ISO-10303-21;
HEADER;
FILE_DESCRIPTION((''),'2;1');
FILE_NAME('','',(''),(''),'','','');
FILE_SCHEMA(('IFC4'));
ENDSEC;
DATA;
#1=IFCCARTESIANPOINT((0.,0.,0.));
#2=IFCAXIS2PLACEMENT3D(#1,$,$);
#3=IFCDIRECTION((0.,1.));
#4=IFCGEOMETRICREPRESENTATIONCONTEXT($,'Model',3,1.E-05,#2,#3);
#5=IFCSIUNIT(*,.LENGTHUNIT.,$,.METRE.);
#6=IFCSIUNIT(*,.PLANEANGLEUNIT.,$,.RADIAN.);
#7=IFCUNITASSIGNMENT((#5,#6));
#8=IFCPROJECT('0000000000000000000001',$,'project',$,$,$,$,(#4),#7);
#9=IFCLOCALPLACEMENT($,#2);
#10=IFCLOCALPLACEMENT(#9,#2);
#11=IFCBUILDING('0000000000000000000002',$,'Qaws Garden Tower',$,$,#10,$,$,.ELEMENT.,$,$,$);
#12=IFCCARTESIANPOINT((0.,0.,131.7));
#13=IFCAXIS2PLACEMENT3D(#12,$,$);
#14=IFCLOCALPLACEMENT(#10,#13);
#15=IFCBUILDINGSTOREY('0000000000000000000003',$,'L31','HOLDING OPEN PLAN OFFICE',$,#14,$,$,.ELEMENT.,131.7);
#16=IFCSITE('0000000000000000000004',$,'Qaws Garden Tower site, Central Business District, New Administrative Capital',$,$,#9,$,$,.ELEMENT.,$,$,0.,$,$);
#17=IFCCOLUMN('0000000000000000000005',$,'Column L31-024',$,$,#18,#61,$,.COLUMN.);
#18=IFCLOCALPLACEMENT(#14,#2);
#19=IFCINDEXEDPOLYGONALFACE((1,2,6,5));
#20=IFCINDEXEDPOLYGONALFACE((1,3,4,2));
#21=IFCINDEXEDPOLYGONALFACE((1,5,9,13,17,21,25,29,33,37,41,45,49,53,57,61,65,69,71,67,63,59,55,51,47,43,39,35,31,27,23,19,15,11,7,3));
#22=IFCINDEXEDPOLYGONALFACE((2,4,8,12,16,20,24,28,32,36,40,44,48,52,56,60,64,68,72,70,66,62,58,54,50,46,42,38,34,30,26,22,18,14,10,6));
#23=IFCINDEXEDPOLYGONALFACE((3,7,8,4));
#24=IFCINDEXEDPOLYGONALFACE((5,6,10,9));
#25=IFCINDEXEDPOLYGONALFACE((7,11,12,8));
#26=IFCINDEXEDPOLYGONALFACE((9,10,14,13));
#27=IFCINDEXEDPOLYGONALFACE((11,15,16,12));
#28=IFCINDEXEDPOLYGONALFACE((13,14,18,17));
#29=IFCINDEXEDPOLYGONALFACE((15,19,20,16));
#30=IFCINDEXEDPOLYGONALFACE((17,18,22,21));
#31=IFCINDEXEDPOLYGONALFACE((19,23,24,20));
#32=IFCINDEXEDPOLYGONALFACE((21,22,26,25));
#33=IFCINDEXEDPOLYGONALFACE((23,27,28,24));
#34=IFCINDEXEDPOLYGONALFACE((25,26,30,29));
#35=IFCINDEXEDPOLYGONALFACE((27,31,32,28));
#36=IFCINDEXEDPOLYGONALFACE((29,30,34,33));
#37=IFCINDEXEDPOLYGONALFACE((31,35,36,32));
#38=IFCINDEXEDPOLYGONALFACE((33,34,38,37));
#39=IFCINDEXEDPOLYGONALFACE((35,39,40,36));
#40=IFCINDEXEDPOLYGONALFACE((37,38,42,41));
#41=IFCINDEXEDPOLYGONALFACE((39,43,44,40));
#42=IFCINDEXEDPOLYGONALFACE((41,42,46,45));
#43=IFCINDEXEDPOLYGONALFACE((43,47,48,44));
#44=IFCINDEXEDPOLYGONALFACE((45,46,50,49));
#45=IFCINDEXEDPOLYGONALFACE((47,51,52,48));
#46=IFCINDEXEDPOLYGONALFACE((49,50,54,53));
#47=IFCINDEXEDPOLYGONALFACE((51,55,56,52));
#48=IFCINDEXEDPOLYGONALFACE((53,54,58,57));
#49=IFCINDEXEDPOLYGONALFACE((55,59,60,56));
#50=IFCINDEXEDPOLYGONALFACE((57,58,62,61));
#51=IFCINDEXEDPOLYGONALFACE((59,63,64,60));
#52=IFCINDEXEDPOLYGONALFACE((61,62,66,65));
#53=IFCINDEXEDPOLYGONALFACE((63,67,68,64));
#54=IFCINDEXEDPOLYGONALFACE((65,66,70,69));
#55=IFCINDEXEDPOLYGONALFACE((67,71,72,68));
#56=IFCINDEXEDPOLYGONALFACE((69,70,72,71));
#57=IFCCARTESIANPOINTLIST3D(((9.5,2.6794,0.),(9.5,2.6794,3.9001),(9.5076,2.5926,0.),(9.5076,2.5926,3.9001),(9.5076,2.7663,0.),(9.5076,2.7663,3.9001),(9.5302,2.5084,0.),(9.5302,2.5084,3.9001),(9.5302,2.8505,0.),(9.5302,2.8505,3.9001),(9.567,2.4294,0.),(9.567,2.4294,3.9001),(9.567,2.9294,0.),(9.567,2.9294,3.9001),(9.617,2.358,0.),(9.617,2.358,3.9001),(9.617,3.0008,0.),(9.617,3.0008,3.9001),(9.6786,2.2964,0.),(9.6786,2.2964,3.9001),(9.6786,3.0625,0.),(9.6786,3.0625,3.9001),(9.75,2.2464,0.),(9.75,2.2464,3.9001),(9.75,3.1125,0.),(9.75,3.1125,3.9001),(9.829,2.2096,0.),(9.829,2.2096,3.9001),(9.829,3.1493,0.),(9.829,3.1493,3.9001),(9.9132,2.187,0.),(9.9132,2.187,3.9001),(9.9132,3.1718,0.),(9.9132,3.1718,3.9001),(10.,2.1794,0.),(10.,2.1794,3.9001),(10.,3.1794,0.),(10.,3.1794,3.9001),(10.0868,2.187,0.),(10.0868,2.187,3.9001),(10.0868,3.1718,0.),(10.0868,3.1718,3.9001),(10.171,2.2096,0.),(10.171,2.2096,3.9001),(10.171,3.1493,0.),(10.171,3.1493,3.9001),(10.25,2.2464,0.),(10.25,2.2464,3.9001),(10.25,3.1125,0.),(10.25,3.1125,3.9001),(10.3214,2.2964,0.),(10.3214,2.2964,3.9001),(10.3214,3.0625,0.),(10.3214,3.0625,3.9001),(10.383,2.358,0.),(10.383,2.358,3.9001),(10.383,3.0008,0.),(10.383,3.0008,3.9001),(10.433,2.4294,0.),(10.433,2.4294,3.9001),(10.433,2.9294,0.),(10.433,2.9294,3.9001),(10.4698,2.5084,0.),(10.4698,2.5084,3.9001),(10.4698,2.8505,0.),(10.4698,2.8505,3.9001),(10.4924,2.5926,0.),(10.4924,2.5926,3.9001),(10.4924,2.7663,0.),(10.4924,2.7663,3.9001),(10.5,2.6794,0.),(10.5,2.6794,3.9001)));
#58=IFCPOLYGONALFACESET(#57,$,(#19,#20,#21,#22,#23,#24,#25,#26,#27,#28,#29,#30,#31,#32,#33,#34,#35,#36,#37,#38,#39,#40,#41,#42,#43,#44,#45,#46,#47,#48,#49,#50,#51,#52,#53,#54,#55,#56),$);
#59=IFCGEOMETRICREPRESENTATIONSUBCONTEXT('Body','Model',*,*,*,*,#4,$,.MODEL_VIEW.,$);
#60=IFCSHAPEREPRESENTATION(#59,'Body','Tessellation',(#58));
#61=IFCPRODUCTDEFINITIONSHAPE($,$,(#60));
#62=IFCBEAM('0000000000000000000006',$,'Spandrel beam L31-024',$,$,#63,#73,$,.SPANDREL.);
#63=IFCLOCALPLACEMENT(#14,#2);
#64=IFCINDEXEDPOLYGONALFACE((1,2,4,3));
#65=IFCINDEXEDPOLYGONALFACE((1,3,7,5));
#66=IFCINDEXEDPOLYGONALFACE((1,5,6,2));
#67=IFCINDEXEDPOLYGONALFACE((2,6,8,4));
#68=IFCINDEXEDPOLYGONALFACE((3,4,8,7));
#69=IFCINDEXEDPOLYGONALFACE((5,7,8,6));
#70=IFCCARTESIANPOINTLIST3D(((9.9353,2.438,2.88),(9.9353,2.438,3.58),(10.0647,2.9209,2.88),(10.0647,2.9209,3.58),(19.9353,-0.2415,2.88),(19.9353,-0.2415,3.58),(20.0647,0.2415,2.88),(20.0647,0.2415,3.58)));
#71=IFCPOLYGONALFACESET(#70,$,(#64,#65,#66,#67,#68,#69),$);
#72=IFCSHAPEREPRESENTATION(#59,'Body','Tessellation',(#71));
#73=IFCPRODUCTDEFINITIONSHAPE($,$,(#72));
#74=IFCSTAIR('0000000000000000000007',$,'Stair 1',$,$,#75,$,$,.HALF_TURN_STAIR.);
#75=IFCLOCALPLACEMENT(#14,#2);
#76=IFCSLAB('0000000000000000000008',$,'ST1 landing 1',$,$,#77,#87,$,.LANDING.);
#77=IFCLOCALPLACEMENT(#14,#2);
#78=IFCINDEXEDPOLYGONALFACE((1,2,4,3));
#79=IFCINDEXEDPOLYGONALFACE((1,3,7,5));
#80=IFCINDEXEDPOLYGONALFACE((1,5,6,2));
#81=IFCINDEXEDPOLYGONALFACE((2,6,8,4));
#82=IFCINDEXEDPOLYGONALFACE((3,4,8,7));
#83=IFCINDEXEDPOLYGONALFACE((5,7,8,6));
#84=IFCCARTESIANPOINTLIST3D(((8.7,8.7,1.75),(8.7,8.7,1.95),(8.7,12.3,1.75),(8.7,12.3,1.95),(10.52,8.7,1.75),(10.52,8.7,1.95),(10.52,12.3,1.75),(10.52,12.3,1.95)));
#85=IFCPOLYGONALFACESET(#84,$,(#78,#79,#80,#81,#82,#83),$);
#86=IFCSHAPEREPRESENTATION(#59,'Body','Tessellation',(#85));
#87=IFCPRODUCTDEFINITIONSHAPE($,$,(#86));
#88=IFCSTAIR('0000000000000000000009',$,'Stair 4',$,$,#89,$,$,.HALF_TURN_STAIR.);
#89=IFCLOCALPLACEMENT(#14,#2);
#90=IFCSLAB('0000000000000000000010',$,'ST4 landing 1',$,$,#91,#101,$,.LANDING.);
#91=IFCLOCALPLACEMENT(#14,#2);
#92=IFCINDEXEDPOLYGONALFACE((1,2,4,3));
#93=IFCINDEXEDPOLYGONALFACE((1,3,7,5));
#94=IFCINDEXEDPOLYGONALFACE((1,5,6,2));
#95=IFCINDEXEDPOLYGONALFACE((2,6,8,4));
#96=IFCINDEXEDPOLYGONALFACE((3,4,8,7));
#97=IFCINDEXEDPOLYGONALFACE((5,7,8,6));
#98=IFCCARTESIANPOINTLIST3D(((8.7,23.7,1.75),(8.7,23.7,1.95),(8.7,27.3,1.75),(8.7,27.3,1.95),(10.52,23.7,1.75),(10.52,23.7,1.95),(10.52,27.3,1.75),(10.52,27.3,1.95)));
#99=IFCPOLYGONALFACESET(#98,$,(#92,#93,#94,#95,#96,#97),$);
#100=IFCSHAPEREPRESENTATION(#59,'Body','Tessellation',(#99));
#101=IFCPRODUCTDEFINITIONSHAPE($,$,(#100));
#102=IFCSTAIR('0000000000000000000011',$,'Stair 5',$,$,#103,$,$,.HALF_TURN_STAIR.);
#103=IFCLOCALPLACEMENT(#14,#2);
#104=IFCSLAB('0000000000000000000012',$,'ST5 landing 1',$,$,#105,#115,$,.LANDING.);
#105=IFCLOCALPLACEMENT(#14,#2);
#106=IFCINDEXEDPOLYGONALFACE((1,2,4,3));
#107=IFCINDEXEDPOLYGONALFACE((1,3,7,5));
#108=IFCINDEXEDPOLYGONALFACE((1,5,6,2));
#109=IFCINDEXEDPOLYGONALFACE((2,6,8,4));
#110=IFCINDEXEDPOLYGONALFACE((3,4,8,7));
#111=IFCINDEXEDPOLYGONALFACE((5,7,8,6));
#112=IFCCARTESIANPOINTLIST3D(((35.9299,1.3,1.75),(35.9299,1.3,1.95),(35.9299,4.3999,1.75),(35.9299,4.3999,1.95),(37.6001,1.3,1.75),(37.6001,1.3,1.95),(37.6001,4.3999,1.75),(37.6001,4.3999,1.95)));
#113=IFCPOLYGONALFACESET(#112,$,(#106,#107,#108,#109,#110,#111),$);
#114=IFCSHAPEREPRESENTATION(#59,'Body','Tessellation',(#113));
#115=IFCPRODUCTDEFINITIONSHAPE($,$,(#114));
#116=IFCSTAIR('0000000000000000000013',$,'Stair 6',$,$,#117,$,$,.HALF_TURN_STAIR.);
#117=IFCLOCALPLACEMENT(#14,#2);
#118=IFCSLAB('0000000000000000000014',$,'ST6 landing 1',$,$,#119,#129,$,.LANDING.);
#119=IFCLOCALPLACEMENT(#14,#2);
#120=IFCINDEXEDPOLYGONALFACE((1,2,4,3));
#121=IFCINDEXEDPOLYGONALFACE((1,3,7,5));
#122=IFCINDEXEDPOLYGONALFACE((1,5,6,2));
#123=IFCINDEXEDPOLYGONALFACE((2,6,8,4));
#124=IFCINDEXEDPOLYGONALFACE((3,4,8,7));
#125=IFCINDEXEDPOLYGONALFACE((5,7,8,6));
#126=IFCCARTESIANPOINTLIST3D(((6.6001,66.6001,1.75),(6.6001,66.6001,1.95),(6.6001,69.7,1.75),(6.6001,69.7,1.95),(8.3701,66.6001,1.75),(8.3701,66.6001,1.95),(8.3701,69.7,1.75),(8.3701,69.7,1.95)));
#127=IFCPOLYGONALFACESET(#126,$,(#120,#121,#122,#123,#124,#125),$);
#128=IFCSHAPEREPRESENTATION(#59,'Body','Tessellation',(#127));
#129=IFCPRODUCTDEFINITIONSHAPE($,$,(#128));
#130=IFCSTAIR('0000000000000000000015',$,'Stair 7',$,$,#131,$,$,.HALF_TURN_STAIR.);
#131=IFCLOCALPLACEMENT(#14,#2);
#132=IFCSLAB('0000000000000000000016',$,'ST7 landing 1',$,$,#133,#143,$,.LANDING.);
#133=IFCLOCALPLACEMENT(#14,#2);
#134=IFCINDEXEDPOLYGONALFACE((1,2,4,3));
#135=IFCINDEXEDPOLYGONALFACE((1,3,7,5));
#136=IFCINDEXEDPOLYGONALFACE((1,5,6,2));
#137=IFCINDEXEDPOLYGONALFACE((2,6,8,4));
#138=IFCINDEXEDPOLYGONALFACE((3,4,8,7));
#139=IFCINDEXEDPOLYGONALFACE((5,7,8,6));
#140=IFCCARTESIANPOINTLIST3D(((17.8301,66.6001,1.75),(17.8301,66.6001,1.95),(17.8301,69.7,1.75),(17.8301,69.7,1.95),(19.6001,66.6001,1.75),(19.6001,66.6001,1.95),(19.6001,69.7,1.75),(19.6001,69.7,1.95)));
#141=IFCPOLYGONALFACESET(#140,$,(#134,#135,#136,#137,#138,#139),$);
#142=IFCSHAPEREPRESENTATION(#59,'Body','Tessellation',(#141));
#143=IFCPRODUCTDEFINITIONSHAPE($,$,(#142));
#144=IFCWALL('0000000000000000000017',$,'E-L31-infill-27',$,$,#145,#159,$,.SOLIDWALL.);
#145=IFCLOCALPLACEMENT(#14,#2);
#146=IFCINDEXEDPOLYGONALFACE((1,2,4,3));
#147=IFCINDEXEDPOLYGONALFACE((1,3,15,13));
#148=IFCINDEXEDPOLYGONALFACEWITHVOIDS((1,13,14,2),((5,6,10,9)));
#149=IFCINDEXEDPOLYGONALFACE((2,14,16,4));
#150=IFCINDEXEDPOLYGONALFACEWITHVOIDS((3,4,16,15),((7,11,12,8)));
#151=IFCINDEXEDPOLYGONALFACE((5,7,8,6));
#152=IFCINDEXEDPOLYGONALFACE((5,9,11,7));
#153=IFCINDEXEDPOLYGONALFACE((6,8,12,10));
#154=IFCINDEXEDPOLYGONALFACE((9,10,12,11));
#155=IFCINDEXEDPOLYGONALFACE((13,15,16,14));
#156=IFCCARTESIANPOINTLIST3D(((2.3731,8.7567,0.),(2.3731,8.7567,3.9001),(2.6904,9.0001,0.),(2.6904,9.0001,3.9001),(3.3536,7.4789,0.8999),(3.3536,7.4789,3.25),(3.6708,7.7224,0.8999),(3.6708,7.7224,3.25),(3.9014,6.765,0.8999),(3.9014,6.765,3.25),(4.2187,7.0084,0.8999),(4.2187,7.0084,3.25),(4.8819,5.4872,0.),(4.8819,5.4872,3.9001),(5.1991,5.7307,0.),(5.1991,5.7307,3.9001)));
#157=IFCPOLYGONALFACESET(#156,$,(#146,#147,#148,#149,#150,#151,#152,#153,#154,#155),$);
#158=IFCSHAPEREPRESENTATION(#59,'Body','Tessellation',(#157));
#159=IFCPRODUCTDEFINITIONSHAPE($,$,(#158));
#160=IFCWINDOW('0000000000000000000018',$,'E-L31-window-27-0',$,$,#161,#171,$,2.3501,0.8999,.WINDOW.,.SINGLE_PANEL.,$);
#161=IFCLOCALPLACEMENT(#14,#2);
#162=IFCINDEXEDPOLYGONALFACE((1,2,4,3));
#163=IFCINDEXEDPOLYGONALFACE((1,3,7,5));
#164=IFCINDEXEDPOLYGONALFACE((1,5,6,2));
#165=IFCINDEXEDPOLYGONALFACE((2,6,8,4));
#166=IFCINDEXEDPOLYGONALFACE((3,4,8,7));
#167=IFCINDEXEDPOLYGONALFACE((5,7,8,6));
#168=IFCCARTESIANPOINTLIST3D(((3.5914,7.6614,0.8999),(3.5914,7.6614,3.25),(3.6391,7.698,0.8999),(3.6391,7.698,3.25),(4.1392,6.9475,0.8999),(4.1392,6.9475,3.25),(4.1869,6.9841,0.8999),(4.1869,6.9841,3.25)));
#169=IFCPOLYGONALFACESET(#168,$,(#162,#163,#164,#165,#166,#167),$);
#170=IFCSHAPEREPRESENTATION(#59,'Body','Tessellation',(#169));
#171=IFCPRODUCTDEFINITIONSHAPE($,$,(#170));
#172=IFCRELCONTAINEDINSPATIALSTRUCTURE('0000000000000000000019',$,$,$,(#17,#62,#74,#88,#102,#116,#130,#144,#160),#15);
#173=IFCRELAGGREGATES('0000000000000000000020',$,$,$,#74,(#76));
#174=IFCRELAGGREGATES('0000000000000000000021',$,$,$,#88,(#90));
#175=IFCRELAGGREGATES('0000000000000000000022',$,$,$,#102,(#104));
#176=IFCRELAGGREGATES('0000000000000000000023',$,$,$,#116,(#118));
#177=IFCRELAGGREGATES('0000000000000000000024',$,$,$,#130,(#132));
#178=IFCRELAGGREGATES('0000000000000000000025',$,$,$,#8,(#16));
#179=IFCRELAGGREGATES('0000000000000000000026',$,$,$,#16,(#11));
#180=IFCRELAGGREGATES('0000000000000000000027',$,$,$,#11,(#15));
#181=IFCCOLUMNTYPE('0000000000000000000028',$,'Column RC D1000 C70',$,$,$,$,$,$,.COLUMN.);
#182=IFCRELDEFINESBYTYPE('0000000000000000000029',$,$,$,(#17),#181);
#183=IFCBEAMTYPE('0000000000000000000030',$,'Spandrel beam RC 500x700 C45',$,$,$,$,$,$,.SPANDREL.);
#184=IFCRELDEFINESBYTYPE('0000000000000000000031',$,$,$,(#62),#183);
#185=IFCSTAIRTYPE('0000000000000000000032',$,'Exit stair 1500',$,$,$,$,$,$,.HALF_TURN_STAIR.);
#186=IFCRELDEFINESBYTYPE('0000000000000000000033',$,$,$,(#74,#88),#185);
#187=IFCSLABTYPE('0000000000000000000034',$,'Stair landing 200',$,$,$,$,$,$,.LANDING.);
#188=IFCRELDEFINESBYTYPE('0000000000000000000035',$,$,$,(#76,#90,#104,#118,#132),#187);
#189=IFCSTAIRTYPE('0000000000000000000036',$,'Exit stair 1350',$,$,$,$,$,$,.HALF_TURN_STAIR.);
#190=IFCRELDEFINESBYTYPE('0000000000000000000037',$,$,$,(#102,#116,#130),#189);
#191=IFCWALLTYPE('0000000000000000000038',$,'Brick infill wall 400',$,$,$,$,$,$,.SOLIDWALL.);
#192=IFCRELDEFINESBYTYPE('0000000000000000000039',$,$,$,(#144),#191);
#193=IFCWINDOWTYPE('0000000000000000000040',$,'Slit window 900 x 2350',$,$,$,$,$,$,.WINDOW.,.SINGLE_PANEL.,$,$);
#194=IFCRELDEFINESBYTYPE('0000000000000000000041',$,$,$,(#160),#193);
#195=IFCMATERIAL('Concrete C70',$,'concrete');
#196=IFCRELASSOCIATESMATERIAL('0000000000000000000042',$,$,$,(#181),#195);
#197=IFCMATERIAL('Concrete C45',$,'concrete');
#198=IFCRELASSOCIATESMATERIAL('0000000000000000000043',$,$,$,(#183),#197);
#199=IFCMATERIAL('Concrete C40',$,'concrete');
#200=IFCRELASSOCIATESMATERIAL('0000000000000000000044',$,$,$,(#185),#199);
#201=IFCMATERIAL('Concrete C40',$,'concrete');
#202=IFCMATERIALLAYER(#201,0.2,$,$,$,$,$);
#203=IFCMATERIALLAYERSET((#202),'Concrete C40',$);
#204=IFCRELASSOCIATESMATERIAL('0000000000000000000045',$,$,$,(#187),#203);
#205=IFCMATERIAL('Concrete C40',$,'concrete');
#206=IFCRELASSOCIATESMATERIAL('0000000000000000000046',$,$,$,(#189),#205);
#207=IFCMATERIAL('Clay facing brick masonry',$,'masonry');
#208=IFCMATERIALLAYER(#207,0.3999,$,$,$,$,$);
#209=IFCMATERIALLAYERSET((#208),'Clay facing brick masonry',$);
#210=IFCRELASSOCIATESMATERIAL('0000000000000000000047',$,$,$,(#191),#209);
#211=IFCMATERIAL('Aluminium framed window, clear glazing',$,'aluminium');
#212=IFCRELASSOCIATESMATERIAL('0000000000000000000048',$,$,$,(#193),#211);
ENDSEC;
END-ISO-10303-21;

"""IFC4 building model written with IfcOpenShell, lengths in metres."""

from ifc_helpers import new_model, si_unit, direction, frame, frame_2d, origin, origin_2d, place, context, subcontext, project, spatial, polyline, rectangle, circle, outline, extrude, material, layer, layer_set, material_profile, profile_set, type_object, element, fill, aggregate, save


model = new_model("IFC4")

# Units and contexts
model_context = context("Model", 3, precision=1e-05, world=origin(), true_north=direction((0.0, 1.0)))
body_context = subcontext(model_context, "Body", "Model", "MODEL_VIEW")
ifc_project = project(units=[si_unit("LENGTHUNIT", "METRE"), si_unit("PLANEANGLEUNIT", "RADIAN")], contexts=[model_context])

# Site, building, storey
site_placement = place(None, origin())
site = spatial("IfcSite", under=ifc_project, at=site_placement, Name="Qaws Garden Tower site, Central Business District, New Administrative Capital", CompositionType="ELEMENT", RefElevation=0.0)
building_placement = place(site_placement, origin())
building = spatial("IfcBuilding", under=site, at=building_placement, Name="Qaws Garden Tower", CompositionType="ELEMENT")
storey_placement = place(building_placement, frame((0.0, 0.0, 131.7)))
storey = spatial("IfcBuildingStorey", under=building, at=storey_placement, Name="L31", Description="HOLDING OPEN PLAN OFFICE", CompositionType="ELEMENT", Elevation=131.7)

# Column
ifc_material_1 = material(Name="Concrete C70", Category="concrete")
ifc_material_profile_1 = material_profile(ifc_material_1, circle(Radius=0.5, at=origin_2d()), Name="RC D1000")
ifc_profile_set_1 = profile_set([ifc_material_profile_1], Name="Concrete C70")
column_type = type_object("IfcColumnType", Name="Column RC D1000 C70", PredefinedType="COLUMN", material=ifc_profile_set_1)
column_placement = place(storey_placement, frame((10.0, 2.6794, 0.0), z_axis=(0.0, 0.0, 1.0), x_axis=(1.0, 0.0, 0.0)))
element("IfcColumn", 1, at=column_placement, inside=storey, type_object=column_type, Name="Column L31-024", PredefinedType="COLUMN", context=body_context, shape_type="SweptSolid", body=[
    extrude(circle(Radius=0.5, at=origin_2d()), origin(), (0.0, 0.0, 1.0), 3.9001),
])

# Beam
ifc_material_2 = material(Name="Concrete C45", Category="concrete")
ifc_material_profile_2 = material_profile(ifc_material_2, rectangle(XDim=0.5, YDim=0.7, at=origin_2d()), Name="RC 500x700")
ifc_profile_set_2 = profile_set([ifc_material_profile_2], Name="Concrete C45")
beam_type = type_object("IfcBeamType", Name="Spandrel beam RC 500x700 C45", PredefinedType="SPANDREL", material=ifc_profile_set_2)
beam_placement = place(storey_placement, frame((10.0, 2.6794, 3.23), z_axis=(0.965927, -0.258815, 0.0), x_axis=(0.258815, 0.965927, 0.0)))
element("IfcBeam", 2, at=beam_placement, inside=storey, type_object=beam_type, Name="Spandrel beam L31-024", PredefinedType="SPANDREL", context=body_context, shape_type="SweptSolid", body=[
    extrude(rectangle(XDim=0.5, YDim=0.7, at=origin_2d()), origin(), (0.0, 0.0, 1.0), 10.3528),
])

# Stairs, slabs
ifc_material_3 = material(Name="Concrete C40", Category="concrete")
stair_type_1 = type_object("IfcStairType", Name="Exit stair 1500", PredefinedType="HALF_TURN_STAIR", material=ifc_material_3)
placement_1 = place(storey_placement, origin())
stair_1 = element("IfcStair", 3, at=placement_1, inside=storey, type_object=stair_type_1, Name="Stair 1", PredefinedType="HALF_TURN_STAIR")
ifc_material_4 = material(Name="Concrete C40", Category="concrete")
ifc_layer_1 = layer(ifc_material_4, 0.2)
ifc_layer_set_1 = layer_set([ifc_layer_1], Name="Concrete C40")
slab_type = type_object("IfcSlabType", Name="Stair landing 200", PredefinedType="LANDING", material=ifc_layer_set_1)
placement_2 = place(storey_placement, frame((0.0, 0.0, 1.75)))
slab_1 = element("IfcSlab", 4, at=placement_2, type_object=slab_type, Name="ST1 landing 1", PredefinedType="LANDING", context=body_context, shape_type="SweptSolid", body=[
    extrude(outline(polyline([(8.7, 8.7), (10.52, 8.7), (10.52, 12.3), (8.7, 12.3), (8.7, 8.7)])), origin(), (0.0, 0.0, 1.0), 0.2),
])
aggregate(stair_1, [slab_1])
stair_2 = element("IfcStair", 5, at=placement_1, inside=storey, type_object=stair_type_1, Name="Stair 4", PredefinedType="HALF_TURN_STAIR")
slab_2 = element("IfcSlab", 6, at=placement_2, type_object=slab_type, Name="ST4 landing 1", PredefinedType="LANDING", context=body_context, shape_type="SweptSolid", body=[
    extrude(outline(polyline([(8.7, 23.7), (10.52, 23.7), (10.52, 27.3), (8.7, 27.3), (8.7, 23.7)])), origin(), (0.0, 0.0, 1.0), 0.2),
])
aggregate(stair_2, [slab_2])
ifc_material_5 = material(Name="Concrete C40", Category="concrete")
stair_type_2 = type_object("IfcStairType", Name="Exit stair 1350", PredefinedType="HALF_TURN_STAIR", material=ifc_material_5)
stair_3 = element("IfcStair", 7, at=placement_1, inside=storey, type_object=stair_type_2, Name="Stair 5", PredefinedType="HALF_TURN_STAIR")
slab_3 = element("IfcSlab", 8, at=placement_2, type_object=slab_type, Name="ST5 landing 1", PredefinedType="LANDING", context=body_context, shape_type="SweptSolid", body=[
    extrude(outline(polyline([(35.9299, 1.3), (37.6001, 1.3), (37.6001, 4.3999), (35.9299, 4.3999), (35.9299, 1.3)])), origin(), (0.0, 0.0, 1.0), 0.2),
])
aggregate(stair_3, [slab_3])
stair_4 = element("IfcStair", 9, at=placement_1, inside=storey, type_object=stair_type_2, Name="Stair 6", PredefinedType="HALF_TURN_STAIR")
slab_4 = element("IfcSlab", 10, at=placement_2, type_object=slab_type, Name="ST6 landing 1", PredefinedType="LANDING", context=body_context, shape_type="SweptSolid", body=[
    extrude(outline(polyline([(6.6001, 66.6001), (8.3701, 66.6001), (8.3701, 69.7), (6.6001, 69.7), (6.6001, 66.6001)])), origin(), (0.0, 0.0, 1.0), 0.2),
])
aggregate(stair_4, [slab_4])
stair_5 = element("IfcStair", 11, at=placement_1, inside=storey, type_object=stair_type_2, Name="Stair 7", PredefinedType="HALF_TURN_STAIR")
slab_5 = element("IfcSlab", 12, at=placement_2, type_object=slab_type, Name="ST7 landing 1", PredefinedType="LANDING", context=body_context, shape_type="SweptSolid", body=[
    extrude(outline(polyline([(17.8301, 66.6001), (19.6001, 66.6001), (19.6001, 69.7), (17.8301, 69.7), (17.8301, 66.6001)])), origin(), (0.0, 0.0, 1.0), 0.2),
])
aggregate(stair_5, [slab_5])

# Wall, opening, window
ifc_material_6 = material(Name="Clay facing brick masonry", Category="masonry")
ifc_layer_2 = layer(ifc_material_6, 0.3999)
ifc_layer_set_2 = layer_set([ifc_layer_2], Name="Clay facing brick masonry")
wall_type_1 = type_object("IfcWallType", Name="Brick infill wall 400", PredefinedType="SOLIDWALL", material=ifc_layer_set_2)
wall_1_placement = place(storey_placement, frame((2.5317, 8.8784, 0.0), z_axis=(0.0, 0.0, 1.0), x_axis=(0.60876, -0.793355, 0.0)))
wall_1 = element("IfcWall", 13, at=wall_1_placement, inside=storey, type_object=wall_type_1, Name="E-L31-infill-27", PredefinedType="SOLIDWALL", context=body_context, shape_type="SweptSolid", body=[
    extrude(rectangle(XDim=4.1211, YDim=0.3999, at=frame_2d((2.0605, 0.0))), origin(), (0.0, 0.0, 1.0), 3.9001),
])
opening_1_placement = place(wall_1_placement, frame((1.6106, 0.0, 0.8999)))
opening_1 = element("IfcOpeningElement", 14, at=opening_1_placement, cuts=wall_1, PredefinedType="OPENING", context=body_context, shape_type="SweptSolid", body=[
    extrude(rectangle(XDim=0.8999, YDim=2.3501, at=frame_2d((0.45, 1.175))), frame((0.0, 0.21, 0.0), z_axis=(0.0, -1.0, 0.0), x_axis=(1.0, 0.0, 0.0)), (0.0, 0.0, 1.0), 0.4199),
])
ifc_material_7 = material(Name="Aluminium framed window, clear glazing", Category="aluminium")
window_type = type_object("IfcWindowType", Name="Slit window 900 x 2350", PartitioningType="SINGLE_PANEL", PredefinedType="WINDOW", material=ifc_material_7)
window_1_placement = place(opening_1_placement, origin())
window_1 = element("IfcWindow", 15, at=window_1_placement, inside=storey, type_object=window_type, Name="E-L31-window-27-0", OverallHeight=2.3501, OverallWidth=0.8999, PartitioningType="SINGLE_PANEL", PredefinedType="WINDOW", context=body_context, shape_type="SweptSolid", body=[
    extrude(rectangle(XDim=0.8999, YDim=2.3501, at=frame_2d((0.45, 1.175))), frame((0.0, 0.1599, 0.0), z_axis=(0.0, -1.0, 0.0), x_axis=(1.0, 0.0, 0.0)), (0.0, 0.0, 1.0), 0.0601),
])
fill(opening_1, window_1)

save(model, "model.ifc")
